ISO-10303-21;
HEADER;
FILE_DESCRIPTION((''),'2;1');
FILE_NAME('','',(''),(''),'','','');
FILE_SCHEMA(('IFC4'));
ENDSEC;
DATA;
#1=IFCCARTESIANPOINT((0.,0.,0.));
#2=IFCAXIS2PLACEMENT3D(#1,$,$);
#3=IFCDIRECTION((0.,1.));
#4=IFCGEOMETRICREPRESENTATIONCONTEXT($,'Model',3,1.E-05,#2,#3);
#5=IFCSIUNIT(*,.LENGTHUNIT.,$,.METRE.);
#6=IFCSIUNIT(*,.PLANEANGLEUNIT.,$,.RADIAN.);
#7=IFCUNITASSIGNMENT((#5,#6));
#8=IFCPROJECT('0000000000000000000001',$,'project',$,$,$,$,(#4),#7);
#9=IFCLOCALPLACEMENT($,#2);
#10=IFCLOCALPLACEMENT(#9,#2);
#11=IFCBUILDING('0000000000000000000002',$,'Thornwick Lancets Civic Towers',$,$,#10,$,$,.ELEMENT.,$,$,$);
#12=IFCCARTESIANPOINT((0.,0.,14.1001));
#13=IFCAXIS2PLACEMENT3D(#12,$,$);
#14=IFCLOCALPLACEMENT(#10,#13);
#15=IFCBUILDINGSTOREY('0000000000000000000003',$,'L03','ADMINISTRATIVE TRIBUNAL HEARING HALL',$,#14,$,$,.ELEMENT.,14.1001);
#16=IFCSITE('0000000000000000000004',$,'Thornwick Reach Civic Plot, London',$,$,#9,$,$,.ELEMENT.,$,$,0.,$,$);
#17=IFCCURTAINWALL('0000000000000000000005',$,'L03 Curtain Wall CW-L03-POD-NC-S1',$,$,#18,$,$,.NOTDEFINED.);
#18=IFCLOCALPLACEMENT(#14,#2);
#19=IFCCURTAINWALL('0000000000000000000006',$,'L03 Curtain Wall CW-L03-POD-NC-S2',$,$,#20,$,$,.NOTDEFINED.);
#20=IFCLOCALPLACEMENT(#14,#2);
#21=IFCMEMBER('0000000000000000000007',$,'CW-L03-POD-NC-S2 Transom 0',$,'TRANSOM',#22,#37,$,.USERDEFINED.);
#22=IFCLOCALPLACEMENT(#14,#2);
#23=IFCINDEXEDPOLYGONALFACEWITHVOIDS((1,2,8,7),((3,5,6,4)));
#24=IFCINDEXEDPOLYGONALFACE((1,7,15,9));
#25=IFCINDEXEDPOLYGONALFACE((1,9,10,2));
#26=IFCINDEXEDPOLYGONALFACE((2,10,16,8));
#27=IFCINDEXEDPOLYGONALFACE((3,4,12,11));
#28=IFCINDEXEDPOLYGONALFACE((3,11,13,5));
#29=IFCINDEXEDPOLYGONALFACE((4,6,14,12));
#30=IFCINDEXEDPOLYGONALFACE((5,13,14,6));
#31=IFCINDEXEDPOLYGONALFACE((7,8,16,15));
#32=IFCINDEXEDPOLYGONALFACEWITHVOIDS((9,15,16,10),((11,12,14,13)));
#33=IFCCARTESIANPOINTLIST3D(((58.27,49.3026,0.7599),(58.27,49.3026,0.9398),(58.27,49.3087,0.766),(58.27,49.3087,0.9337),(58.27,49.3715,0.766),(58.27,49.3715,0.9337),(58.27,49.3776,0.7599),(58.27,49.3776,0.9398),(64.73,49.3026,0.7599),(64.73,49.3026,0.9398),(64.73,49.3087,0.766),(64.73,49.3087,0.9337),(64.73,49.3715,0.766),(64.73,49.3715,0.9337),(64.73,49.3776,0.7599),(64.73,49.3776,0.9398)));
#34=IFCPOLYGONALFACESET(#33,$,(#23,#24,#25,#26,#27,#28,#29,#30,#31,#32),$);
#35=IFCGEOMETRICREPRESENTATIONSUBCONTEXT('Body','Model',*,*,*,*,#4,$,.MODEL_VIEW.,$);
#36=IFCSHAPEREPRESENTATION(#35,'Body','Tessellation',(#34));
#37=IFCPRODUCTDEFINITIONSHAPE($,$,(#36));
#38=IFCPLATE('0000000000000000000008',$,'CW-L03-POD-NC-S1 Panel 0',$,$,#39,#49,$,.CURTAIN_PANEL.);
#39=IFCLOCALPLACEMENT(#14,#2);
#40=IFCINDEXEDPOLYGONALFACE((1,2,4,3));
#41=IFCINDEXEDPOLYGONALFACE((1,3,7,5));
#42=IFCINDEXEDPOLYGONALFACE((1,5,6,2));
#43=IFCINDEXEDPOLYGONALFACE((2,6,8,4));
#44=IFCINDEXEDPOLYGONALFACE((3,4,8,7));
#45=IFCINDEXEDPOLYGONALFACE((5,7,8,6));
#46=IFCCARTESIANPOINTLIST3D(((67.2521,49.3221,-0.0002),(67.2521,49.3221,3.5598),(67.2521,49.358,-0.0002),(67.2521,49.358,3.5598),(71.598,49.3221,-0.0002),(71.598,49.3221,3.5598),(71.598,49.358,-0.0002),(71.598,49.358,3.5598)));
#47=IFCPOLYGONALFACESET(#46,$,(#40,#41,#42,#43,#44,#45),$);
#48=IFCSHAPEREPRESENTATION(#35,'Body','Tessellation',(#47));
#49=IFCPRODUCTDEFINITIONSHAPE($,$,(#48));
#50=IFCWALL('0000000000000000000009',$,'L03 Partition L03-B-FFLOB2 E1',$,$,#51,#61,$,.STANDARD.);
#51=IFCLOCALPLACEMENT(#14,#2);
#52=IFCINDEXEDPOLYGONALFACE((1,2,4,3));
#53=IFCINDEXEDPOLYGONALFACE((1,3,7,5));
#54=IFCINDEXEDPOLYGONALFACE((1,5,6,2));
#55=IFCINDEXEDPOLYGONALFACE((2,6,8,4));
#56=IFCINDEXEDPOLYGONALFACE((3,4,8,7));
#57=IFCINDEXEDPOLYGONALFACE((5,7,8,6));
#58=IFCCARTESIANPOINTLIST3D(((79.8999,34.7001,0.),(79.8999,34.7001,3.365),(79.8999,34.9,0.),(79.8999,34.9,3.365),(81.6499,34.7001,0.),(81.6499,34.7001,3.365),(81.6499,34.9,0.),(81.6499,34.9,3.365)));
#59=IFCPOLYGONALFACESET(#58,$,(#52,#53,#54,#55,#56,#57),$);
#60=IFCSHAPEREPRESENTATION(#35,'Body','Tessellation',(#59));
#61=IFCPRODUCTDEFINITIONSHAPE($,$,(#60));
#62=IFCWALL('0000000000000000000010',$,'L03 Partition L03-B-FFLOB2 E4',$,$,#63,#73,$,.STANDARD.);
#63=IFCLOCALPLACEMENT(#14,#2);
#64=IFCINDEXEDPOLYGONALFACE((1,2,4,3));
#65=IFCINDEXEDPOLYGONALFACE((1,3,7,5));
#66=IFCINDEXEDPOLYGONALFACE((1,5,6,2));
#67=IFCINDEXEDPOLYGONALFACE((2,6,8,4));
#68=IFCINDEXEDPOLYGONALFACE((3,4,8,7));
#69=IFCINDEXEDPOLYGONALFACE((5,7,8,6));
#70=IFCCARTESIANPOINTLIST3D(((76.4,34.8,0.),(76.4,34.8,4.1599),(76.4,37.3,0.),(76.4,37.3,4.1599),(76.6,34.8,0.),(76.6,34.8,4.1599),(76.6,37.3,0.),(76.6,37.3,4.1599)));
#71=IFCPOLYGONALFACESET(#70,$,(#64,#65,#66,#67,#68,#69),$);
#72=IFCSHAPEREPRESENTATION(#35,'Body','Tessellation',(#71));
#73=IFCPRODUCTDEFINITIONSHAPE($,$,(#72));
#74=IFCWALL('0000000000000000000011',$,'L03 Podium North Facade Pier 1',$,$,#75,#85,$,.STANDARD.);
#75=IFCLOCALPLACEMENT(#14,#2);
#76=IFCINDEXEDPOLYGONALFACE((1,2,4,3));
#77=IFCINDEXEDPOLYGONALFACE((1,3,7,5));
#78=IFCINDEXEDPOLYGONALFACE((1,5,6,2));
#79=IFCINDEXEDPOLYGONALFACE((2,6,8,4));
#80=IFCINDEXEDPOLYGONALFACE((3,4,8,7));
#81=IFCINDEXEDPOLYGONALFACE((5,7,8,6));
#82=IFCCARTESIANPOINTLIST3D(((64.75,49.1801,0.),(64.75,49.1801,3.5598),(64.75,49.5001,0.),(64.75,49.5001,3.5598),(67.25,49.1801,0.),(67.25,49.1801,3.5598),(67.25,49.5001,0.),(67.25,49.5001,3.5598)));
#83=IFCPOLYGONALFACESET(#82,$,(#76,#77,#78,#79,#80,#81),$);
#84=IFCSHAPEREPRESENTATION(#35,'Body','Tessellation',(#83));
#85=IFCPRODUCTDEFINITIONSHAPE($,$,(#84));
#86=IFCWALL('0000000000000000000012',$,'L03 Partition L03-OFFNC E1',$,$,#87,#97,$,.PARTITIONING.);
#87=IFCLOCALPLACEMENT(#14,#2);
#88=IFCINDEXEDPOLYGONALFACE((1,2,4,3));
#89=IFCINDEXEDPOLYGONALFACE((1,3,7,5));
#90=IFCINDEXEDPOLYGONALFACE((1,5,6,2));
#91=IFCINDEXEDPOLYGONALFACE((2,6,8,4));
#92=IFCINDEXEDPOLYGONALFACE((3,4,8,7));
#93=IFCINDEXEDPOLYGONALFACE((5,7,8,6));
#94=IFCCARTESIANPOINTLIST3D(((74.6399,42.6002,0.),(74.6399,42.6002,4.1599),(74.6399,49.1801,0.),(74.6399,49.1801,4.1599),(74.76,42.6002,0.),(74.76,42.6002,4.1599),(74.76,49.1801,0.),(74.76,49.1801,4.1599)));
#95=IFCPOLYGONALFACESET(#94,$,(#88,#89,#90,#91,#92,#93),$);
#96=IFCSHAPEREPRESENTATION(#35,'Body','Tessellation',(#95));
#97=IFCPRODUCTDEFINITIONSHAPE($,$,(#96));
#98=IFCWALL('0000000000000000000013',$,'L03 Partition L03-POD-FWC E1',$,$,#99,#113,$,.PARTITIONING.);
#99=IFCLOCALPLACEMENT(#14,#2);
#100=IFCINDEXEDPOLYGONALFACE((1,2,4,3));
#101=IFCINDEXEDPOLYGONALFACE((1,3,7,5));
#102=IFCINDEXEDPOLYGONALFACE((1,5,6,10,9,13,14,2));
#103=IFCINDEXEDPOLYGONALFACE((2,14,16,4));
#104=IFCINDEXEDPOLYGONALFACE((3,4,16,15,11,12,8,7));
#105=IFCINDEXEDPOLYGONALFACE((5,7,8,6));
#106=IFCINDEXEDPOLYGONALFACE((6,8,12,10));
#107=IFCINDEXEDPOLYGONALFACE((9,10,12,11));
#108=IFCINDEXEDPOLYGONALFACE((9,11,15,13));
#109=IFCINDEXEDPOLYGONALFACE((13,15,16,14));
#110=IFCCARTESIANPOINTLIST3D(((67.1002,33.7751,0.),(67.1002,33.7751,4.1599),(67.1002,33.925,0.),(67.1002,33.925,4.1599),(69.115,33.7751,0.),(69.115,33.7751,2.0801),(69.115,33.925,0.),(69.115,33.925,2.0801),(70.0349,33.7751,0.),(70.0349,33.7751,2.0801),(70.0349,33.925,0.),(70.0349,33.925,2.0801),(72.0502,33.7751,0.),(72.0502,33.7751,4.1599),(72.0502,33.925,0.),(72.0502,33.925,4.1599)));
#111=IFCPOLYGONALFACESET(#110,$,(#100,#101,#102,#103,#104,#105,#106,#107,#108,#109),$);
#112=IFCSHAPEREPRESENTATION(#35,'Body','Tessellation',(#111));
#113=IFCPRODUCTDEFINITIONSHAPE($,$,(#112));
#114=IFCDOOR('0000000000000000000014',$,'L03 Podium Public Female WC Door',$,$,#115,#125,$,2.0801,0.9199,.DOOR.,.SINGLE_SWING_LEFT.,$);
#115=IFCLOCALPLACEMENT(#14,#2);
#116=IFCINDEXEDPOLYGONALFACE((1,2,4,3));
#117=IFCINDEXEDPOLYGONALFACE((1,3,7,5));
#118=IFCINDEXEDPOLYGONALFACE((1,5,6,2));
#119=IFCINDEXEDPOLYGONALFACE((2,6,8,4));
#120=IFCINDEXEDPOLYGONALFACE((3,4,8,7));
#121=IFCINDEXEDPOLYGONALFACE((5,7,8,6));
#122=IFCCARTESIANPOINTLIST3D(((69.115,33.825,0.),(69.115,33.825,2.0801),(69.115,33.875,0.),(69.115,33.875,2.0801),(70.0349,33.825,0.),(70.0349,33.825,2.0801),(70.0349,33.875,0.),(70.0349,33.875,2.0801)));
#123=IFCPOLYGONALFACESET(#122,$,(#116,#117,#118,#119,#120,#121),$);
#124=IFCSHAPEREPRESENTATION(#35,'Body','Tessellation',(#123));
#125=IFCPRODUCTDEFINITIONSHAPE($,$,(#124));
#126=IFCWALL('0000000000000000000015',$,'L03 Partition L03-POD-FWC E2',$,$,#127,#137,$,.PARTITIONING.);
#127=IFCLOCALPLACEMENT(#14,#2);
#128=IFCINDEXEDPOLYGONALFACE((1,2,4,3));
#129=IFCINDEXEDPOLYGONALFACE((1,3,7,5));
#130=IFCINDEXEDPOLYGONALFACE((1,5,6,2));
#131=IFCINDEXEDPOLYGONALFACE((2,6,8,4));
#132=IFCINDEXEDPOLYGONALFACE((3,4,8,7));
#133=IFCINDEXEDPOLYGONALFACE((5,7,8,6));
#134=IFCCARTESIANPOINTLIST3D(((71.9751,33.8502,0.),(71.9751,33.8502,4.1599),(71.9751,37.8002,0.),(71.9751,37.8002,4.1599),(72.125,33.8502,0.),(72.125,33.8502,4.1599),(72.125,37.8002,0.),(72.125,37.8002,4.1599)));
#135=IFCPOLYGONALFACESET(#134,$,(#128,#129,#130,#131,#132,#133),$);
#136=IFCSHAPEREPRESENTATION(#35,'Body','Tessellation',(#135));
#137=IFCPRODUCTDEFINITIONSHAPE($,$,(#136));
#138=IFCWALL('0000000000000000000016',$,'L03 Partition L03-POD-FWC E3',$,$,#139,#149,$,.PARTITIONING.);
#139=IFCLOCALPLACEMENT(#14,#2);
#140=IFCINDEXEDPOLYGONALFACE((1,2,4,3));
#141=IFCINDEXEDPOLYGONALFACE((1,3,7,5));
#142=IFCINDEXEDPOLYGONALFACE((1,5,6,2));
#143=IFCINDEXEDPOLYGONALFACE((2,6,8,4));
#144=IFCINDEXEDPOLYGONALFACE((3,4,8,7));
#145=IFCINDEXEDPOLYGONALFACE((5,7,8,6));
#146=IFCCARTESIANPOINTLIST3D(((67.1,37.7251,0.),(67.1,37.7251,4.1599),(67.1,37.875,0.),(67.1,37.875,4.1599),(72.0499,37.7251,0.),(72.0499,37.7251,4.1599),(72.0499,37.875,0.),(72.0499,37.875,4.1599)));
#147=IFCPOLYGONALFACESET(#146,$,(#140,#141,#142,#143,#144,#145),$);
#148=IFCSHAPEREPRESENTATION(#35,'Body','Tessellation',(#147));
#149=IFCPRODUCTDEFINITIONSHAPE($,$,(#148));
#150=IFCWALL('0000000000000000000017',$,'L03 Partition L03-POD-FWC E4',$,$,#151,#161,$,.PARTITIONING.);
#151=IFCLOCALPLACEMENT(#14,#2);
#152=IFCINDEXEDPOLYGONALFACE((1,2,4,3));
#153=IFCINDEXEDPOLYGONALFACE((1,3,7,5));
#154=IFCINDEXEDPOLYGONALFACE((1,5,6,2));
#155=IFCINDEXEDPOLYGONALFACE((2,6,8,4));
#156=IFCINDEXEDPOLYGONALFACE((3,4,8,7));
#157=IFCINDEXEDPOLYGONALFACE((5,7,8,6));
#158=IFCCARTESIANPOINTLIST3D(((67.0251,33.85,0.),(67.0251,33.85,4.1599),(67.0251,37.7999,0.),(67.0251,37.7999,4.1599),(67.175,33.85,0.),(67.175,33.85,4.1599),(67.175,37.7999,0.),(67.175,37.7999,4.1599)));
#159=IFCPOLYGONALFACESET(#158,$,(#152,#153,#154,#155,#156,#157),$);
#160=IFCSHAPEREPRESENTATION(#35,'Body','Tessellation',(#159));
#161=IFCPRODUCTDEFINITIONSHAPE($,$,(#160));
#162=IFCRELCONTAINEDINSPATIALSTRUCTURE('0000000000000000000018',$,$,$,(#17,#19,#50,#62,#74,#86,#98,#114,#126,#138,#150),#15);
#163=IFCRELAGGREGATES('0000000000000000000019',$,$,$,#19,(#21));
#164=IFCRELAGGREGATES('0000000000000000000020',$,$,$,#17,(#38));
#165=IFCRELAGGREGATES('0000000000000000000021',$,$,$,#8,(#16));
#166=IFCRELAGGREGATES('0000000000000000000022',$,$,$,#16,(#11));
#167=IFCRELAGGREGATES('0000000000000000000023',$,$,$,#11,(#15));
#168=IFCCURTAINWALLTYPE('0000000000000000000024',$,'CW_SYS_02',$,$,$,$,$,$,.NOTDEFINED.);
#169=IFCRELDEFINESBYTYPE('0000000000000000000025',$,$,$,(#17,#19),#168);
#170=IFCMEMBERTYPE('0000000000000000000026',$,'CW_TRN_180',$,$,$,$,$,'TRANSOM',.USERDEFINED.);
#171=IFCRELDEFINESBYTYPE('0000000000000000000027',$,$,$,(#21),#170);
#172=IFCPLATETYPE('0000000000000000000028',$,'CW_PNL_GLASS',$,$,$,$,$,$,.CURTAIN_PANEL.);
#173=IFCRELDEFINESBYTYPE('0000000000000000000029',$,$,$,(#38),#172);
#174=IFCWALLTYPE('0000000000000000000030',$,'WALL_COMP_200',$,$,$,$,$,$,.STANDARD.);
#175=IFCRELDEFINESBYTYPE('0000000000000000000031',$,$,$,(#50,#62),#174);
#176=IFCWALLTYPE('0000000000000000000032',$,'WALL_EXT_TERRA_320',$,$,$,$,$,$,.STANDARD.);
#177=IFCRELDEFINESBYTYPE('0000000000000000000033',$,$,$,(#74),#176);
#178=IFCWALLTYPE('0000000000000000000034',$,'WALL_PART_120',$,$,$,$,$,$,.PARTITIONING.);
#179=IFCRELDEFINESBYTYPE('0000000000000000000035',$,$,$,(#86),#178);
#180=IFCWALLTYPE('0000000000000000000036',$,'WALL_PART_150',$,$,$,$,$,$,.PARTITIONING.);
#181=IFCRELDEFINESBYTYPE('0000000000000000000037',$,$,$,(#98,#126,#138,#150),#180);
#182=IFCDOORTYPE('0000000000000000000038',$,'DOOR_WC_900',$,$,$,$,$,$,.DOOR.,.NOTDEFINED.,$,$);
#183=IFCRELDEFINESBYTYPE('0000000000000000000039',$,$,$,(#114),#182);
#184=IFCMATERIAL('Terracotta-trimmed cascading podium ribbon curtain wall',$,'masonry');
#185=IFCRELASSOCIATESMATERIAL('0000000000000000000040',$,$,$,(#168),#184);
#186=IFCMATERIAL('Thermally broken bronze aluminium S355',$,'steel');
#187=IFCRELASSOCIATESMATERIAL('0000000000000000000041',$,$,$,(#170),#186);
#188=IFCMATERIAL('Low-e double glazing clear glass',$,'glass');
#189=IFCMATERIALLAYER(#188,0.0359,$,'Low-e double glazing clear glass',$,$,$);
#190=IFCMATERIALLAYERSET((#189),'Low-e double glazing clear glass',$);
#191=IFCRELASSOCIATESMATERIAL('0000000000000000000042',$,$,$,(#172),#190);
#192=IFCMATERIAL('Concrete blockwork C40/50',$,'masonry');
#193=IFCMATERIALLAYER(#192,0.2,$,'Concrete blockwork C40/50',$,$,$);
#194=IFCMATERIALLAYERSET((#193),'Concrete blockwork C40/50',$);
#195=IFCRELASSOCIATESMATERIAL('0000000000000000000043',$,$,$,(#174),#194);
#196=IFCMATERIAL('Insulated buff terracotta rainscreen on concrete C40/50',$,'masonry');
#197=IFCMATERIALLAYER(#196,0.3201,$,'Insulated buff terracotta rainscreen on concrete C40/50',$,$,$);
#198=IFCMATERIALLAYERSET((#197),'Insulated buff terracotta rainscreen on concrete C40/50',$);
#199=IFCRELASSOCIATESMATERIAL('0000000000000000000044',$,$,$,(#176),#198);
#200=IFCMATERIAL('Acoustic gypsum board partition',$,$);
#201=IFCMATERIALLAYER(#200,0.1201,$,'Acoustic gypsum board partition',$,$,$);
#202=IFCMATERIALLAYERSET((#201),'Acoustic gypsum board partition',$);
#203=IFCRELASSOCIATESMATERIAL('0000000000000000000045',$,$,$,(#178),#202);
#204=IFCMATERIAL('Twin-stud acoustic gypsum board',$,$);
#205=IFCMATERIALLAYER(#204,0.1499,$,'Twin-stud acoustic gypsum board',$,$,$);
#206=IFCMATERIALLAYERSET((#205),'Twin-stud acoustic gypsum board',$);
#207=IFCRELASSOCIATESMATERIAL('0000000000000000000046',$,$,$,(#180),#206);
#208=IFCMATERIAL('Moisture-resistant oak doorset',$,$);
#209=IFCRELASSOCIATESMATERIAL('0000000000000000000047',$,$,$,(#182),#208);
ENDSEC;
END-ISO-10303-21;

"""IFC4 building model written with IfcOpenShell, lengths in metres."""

from ifc_helpers import new_model, si_unit, direction, frame, frame_2d, origin, origin_2d, place, context, subcontext, project, spatial, rectangle, hollow_rectangle, extrude, material, layer, layer_set, material_profile, profile_set, type_object, element, fill, aggregate, save


model = new_model("IFC4")

# Units and contexts
model_context = context("Model", 3, precision=1e-05, world=origin(), true_north=direction((0.0, 1.0)))
body_context = subcontext(model_context, "Body", "Model", "MODEL_VIEW")
ifc_project = project(units=[si_unit("LENGTHUNIT", "METRE"), si_unit("PLANEANGLEUNIT", "RADIAN")], contexts=[model_context])

# Site, building, storey
site_placement = place(None, origin())
site = spatial("IfcSite", under=ifc_project, at=site_placement, Name="Thornwick Reach Civic Plot, London", CompositionType="ELEMENT", RefElevation=0.0)
building_placement = place(site_placement, origin())
building = spatial("IfcBuilding", under=site, at=building_placement, Name="Thornwick Lancets Civic Towers", CompositionType="ELEMENT")
storey_placement = place(building_placement, frame((0.0, 0.0, 14.1001)))
storey = spatial("IfcBuildingStorey", under=building, at=storey_placement, Name="L03", Description="ADMINISTRATIVE TRIBUNAL HEARING HALL", CompositionType="ELEMENT", Elevation=14.1001)

# Curtain wall
ifc_material_1 = material(Name="Terracotta-trimmed cascading podium ribbon curtain wall", Category="masonry")
curtain_wall_type = type_object("IfcCurtainWallType", Name="CW_SYS_02", PredefinedType="NOTDEFINED", material=ifc_material_1)
curtain_wall_1_placement = place(storey_placement, origin())
curtain_wall_1 = element("IfcCurtainWall", 1, at=curtain_wall_1_placement, inside=storey, type_object=curtain_wall_type, Name="L03 Curtain Wall CW-L03-POD-NC-S1", PredefinedType="NOTDEFINED")
ifc_material_2 = material(Name="Thermally broken bronze aluminium S355", Category="steel")

# Curtain wall
curtain_wall_2_placement = place(storey_placement, origin())
curtain_wall_2 = element("IfcCurtainWall", 2, at=curtain_wall_2_placement, inside=storey, type_object=curtain_wall_type, Name="L03 Curtain Wall CW-L03-POD-NC-S2", PredefinedType="NOTDEFINED")

# Member
ifc_material_profile_1 = material_profile(ifc_material_2, hollow_rectangle(XDim=0.075, YDim=0.1799, WallThickness=0.0061, at=origin_2d()), Name="RHS 180x75x6")
ifc_profile_set_1 = profile_set([ifc_material_profile_1], Name="Thermally broken bronze aluminium S355")
member_type_1 = type_object("IfcMemberType", Name="CW_TRN_180", ElementType="TRANSOM", PredefinedType="USERDEFINED", material=ifc_profile_set_1)
member_1_placement = place(storey_placement, frame((64.73, 49.3401, 0.8499), z_axis=(-1.0, 0.0, 0.0), x_axis=(0.0, -1.0, 0.0)))
member_1 = element("IfcMember", 3, at=member_1_placement, type_object=member_type_1, Name="CW-L03-POD-NC-S2 Transom 0", ObjectType="TRANSOM", PredefinedType="USERDEFINED", context=body_context, shape_type="SweptSolid", body=[
    extrude(hollow_rectangle(XDim=0.075, YDim=0.1799, WallThickness=0.0061, at=origin_2d()), origin(), (0.0, 0.0, 1.0), 6.46),
])
aggregate(curtain_wall_2, [member_1])

# Plate
ifc_material_3 = material(Name="Low-e double glazing clear glass", Category="glass")
ifc_layer_1 = layer(ifc_material_3, 0.0359, Name="Low-e double glazing clear glass")
ifc_layer_set_1 = layer_set([ifc_layer_1], Name="Low-e double glazing clear glass")
plate_type = type_object("IfcPlateType", Name="CW_PNL_GLASS", PredefinedType="CURTAIN_PANEL", material=ifc_layer_set_1)
plate_placement = place(storey_placement, frame((69.425, 49.3401, -0.0002), z_axis=(0.0, 0.0, 1.0), x_axis=(-1.0, 0.0, 0.0)))
plate = element("IfcPlate", 4, at=plate_placement, type_object=plate_type, Name="CW-L03-POD-NC-S1 Panel 0", PredefinedType="CURTAIN_PANEL", context=body_context, shape_type="SweptSolid", body=[
    extrude(rectangle(XDim=4.3459, YDim=0.0359, at=origin_2d()), origin(), (0.0, 0.0, 1.0), 3.5601),
])
aggregate(curtain_wall_1, [plate])

# Walls
ifc_material_4 = material(Name="Concrete blockwork C40/50", Category="masonry")
ifc_layer_2 = layer(ifc_material_4, 0.2, Name="Concrete blockwork C40/50")
ifc_layer_set_2 = layer_set([ifc_layer_2], Name="Concrete blockwork C40/50")
wall_type_1 = type_object("IfcWallType", Name="WALL_COMP_200", PredefinedType="STANDARD", material=ifc_layer_set_2)
wall_1_placement = place(storey_placement, frame((79.8999, 34.8, 0.0), z_axis=(0.0, 0.0, 1.0), x_axis=(1.0, 0.0, 0.0)))
element("IfcWall", 5, at=wall_1_placement, inside=storey, type_object=wall_type_1, Name="L03 Partition L03-B-FFLOB2 E1", PredefinedType="STANDARD", context=body_context, shape_type="SweptSolid", body=[
    extrude(rectangle(XDim=1.75, YDim=0.2, at=frame_2d((0.875, 0.0))), origin(), (0.0, 0.0, 1.0), 3.365),
])
wall_2_placement = place(storey_placement, frame((76.5, 37.3, 0.0), z_axis=(0.0, 0.0, 1.0), x_axis=(0.0, -1.0, 0.0)))
element("IfcWall", 6, at=wall_2_placement, inside=storey, type_object=wall_type_1, Name="L03 Partition L03-B-FFLOB2 E4", PredefinedType="STANDARD", context=body_context, shape_type="SweptSolid", body=[
    extrude(rectangle(XDim=2.5, YDim=0.2, at=frame_2d((1.25, 0.0))), origin(), (0.0, 0.0, 1.0), 4.1599),
])
ifc_material_5 = material(Name="Insulated buff terracotta rainscreen on concrete C40/50", Category="masonry")
ifc_layer_3 = layer(ifc_material_5, 0.3201, Name="Insulated buff terracotta rainscreen on concrete C40/50")
ifc_layer_set_3 = layer_set([ifc_layer_3], Name="Insulated buff terracotta rainscreen on concrete C40/50")
wall_type_2 = type_object("IfcWallType", Name="WALL_EXT_TERRA_320", PredefinedType="STANDARD", material=ifc_layer_set_3)
wall_3_placement = place(storey_placement, frame((67.25, 49.3401, 0.0), z_axis=(0.0, 0.0, 1.0), x_axis=(-1.0, 0.0, 0.0)))
element("IfcWall", 7, at=wall_3_placement, inside=storey, type_object=wall_type_2, Name="L03 Podium North Facade Pier 1", PredefinedType="STANDARD", context=body_context, shape_type="SweptSolid", body=[
    extrude(rectangle(XDim=2.5, YDim=0.3201, at=frame_2d((1.25, 0.0))), origin(), (0.0, 0.0, 1.0), 3.5598),
])
ifc_material_6 = material(Name="Acoustic gypsum board partition")
ifc_layer_4 = layer(ifc_material_6, 0.1201, Name="Acoustic gypsum board partition")
ifc_layer_set_4 = layer_set([ifc_layer_4], Name="Acoustic gypsum board partition")
wall_type_3 = type_object("IfcWallType", Name="WALL_PART_120", PredefinedType="PARTITIONING", material=ifc_layer_set_4)
wall_4_placement = place(storey_placement, frame((74.7, 42.6001, 0.0), z_axis=(0.0, 0.0, 1.0), x_axis=(0.0, 1.0, 0.0)))
element("IfcWall", 8, at=wall_4_placement, inside=storey, type_object=wall_type_3, Name="L03 Partition L03-OFFNC E1", PredefinedType="PARTITIONING", context=body_context, shape_type="SweptSolid", body=[
    extrude(rectangle(XDim=6.5798, YDim=0.1201, at=frame_2d((3.29, 0.0))), origin(), (0.0, 0.0, 1.0), 4.1599),
])

# Wall, opening, door
ifc_material_7 = material(Name="Twin-stud acoustic gypsum board")
ifc_layer_5 = layer(ifc_material_7, 0.1499, Name="Twin-stud acoustic gypsum board")
ifc_layer_set_5 = layer_set([ifc_layer_5], Name="Twin-stud acoustic gypsum board")
wall_type_4 = type_object("IfcWallType", Name="WALL_PART_150", PredefinedType="PARTITIONING", material=ifc_layer_set_5)
wall_5_placement = place(storey_placement, frame((67.1001, 33.8501, 0.0), z_axis=(0.0, 0.0, 1.0), x_axis=(1.0, 0.0, 0.0)))
wall_5 = element("IfcWall", 9, at=wall_5_placement, inside=storey, type_object=wall_type_4, Name="L03 Partition L03-POD-FWC E1", PredefinedType="PARTITIONING", context=body_context, shape_type="SweptSolid", body=[
    extrude(rectangle(XDim=4.95, YDim=0.1499, at=frame_2d((2.4751, 0.0))), origin(), (0.0, 0.0, 1.0), 4.1599),
])
opening_1_placement = place(wall_5_placement, frame((2.0149, 0.0, 0.0)))
opening_1 = element("IfcOpeningElement", 10, at=opening_1_placement, cuts=wall_5, PredefinedType="OPENING", context=body_context, shape_type="SweptSolid", body=[
    extrude(rectangle(XDim=0.9199, YDim=2.0801, at=frame_2d((0.46, 1.04))), frame((0.0, 0.085, 0.0), z_axis=(0.0, -1.0, 0.0), x_axis=(1.0, 0.0, 0.0)), (0.0, 0.0, 1.0), 0.1699),
])
ifc_material_8 = material(Name="Moisture-resistant oak doorset")
door_type_1 = type_object("IfcDoorType", Name="DOOR_WC_900", OperationType="NOTDEFINED", PredefinedType="DOOR", material=ifc_material_8)
door_1_placement = place(opening_1_placement, origin())
door_1 = element("IfcDoor", 11, at=door_1_placement, inside=storey, type_object=door_type_1, Name="L03 Podium Public Female WC Door", OperationType="SINGLE_SWING_LEFT", OverallHeight=2.0801, OverallWidth=0.9199, PredefinedType="DOOR", context=body_context, shape_type="SweptSolid", body=[
    extrude(rectangle(XDim=0.9199, YDim=2.0801, at=frame_2d((0.46, 1.04))), frame((0.0, 0.0249, 0.0), z_axis=(0.0, -1.0, 0.0), x_axis=(1.0, 0.0, 0.0)), (0.0, 0.0, 1.0), 0.05),
])
fill(opening_1, door_1)

# Walls
wall_6_placement = place(storey_placement, frame((72.05, 33.8501, 0.0), z_axis=(0.0, 0.0, 1.0), x_axis=(0.0, 1.0, 0.0)))
element("IfcWall", 12, at=wall_6_placement, inside=storey, type_object=wall_type_4, Name="L03 Partition L03-POD-FWC E2", PredefinedType="PARTITIONING", context=body_context, shape_type="SweptSolid", body=[
    extrude(rectangle(XDim=3.95, YDim=0.1499, at=frame_2d((1.9751, 0.0))), origin(), (0.0, 0.0, 1.0), 4.1599),
])
wall_7_placement = place(storey_placement, frame((72.05, 37.8, 0.0), z_axis=(0.0, 0.0, 1.0), x_axis=(-1.0, 0.0, 0.0)))
element("IfcWall", 13, at=wall_7_placement, inside=storey, type_object=wall_type_4, Name="L03 Partition L03-POD-FWC E3", PredefinedType="PARTITIONING", context=body_context, shape_type="SweptSolid", body=[
    extrude(rectangle(XDim=4.95, YDim=0.1499, at=frame_2d((2.4751, 0.0))), origin(), (0.0, 0.0, 1.0), 4.1599),
])
wall_8_placement = place(storey_placement, frame((67.1001, 37.8, 0.0), z_axis=(0.0, 0.0, 1.0), x_axis=(0.0, -1.0, 0.0)))
element("IfcWall", 14, at=wall_8_placement, inside=storey, type_object=wall_type_4, Name="L03 Partition L03-POD-FWC E4", PredefinedType="PARTITIONING", context=body_context, shape_type="SweptSolid", body=[
    extrude(rectangle(XDim=3.95, YDim=0.1499, at=frame_2d((1.9751, 0.0))), origin(), (0.0, 0.0, 1.0), 4.1599),
])

save(model, "model.ifc")
